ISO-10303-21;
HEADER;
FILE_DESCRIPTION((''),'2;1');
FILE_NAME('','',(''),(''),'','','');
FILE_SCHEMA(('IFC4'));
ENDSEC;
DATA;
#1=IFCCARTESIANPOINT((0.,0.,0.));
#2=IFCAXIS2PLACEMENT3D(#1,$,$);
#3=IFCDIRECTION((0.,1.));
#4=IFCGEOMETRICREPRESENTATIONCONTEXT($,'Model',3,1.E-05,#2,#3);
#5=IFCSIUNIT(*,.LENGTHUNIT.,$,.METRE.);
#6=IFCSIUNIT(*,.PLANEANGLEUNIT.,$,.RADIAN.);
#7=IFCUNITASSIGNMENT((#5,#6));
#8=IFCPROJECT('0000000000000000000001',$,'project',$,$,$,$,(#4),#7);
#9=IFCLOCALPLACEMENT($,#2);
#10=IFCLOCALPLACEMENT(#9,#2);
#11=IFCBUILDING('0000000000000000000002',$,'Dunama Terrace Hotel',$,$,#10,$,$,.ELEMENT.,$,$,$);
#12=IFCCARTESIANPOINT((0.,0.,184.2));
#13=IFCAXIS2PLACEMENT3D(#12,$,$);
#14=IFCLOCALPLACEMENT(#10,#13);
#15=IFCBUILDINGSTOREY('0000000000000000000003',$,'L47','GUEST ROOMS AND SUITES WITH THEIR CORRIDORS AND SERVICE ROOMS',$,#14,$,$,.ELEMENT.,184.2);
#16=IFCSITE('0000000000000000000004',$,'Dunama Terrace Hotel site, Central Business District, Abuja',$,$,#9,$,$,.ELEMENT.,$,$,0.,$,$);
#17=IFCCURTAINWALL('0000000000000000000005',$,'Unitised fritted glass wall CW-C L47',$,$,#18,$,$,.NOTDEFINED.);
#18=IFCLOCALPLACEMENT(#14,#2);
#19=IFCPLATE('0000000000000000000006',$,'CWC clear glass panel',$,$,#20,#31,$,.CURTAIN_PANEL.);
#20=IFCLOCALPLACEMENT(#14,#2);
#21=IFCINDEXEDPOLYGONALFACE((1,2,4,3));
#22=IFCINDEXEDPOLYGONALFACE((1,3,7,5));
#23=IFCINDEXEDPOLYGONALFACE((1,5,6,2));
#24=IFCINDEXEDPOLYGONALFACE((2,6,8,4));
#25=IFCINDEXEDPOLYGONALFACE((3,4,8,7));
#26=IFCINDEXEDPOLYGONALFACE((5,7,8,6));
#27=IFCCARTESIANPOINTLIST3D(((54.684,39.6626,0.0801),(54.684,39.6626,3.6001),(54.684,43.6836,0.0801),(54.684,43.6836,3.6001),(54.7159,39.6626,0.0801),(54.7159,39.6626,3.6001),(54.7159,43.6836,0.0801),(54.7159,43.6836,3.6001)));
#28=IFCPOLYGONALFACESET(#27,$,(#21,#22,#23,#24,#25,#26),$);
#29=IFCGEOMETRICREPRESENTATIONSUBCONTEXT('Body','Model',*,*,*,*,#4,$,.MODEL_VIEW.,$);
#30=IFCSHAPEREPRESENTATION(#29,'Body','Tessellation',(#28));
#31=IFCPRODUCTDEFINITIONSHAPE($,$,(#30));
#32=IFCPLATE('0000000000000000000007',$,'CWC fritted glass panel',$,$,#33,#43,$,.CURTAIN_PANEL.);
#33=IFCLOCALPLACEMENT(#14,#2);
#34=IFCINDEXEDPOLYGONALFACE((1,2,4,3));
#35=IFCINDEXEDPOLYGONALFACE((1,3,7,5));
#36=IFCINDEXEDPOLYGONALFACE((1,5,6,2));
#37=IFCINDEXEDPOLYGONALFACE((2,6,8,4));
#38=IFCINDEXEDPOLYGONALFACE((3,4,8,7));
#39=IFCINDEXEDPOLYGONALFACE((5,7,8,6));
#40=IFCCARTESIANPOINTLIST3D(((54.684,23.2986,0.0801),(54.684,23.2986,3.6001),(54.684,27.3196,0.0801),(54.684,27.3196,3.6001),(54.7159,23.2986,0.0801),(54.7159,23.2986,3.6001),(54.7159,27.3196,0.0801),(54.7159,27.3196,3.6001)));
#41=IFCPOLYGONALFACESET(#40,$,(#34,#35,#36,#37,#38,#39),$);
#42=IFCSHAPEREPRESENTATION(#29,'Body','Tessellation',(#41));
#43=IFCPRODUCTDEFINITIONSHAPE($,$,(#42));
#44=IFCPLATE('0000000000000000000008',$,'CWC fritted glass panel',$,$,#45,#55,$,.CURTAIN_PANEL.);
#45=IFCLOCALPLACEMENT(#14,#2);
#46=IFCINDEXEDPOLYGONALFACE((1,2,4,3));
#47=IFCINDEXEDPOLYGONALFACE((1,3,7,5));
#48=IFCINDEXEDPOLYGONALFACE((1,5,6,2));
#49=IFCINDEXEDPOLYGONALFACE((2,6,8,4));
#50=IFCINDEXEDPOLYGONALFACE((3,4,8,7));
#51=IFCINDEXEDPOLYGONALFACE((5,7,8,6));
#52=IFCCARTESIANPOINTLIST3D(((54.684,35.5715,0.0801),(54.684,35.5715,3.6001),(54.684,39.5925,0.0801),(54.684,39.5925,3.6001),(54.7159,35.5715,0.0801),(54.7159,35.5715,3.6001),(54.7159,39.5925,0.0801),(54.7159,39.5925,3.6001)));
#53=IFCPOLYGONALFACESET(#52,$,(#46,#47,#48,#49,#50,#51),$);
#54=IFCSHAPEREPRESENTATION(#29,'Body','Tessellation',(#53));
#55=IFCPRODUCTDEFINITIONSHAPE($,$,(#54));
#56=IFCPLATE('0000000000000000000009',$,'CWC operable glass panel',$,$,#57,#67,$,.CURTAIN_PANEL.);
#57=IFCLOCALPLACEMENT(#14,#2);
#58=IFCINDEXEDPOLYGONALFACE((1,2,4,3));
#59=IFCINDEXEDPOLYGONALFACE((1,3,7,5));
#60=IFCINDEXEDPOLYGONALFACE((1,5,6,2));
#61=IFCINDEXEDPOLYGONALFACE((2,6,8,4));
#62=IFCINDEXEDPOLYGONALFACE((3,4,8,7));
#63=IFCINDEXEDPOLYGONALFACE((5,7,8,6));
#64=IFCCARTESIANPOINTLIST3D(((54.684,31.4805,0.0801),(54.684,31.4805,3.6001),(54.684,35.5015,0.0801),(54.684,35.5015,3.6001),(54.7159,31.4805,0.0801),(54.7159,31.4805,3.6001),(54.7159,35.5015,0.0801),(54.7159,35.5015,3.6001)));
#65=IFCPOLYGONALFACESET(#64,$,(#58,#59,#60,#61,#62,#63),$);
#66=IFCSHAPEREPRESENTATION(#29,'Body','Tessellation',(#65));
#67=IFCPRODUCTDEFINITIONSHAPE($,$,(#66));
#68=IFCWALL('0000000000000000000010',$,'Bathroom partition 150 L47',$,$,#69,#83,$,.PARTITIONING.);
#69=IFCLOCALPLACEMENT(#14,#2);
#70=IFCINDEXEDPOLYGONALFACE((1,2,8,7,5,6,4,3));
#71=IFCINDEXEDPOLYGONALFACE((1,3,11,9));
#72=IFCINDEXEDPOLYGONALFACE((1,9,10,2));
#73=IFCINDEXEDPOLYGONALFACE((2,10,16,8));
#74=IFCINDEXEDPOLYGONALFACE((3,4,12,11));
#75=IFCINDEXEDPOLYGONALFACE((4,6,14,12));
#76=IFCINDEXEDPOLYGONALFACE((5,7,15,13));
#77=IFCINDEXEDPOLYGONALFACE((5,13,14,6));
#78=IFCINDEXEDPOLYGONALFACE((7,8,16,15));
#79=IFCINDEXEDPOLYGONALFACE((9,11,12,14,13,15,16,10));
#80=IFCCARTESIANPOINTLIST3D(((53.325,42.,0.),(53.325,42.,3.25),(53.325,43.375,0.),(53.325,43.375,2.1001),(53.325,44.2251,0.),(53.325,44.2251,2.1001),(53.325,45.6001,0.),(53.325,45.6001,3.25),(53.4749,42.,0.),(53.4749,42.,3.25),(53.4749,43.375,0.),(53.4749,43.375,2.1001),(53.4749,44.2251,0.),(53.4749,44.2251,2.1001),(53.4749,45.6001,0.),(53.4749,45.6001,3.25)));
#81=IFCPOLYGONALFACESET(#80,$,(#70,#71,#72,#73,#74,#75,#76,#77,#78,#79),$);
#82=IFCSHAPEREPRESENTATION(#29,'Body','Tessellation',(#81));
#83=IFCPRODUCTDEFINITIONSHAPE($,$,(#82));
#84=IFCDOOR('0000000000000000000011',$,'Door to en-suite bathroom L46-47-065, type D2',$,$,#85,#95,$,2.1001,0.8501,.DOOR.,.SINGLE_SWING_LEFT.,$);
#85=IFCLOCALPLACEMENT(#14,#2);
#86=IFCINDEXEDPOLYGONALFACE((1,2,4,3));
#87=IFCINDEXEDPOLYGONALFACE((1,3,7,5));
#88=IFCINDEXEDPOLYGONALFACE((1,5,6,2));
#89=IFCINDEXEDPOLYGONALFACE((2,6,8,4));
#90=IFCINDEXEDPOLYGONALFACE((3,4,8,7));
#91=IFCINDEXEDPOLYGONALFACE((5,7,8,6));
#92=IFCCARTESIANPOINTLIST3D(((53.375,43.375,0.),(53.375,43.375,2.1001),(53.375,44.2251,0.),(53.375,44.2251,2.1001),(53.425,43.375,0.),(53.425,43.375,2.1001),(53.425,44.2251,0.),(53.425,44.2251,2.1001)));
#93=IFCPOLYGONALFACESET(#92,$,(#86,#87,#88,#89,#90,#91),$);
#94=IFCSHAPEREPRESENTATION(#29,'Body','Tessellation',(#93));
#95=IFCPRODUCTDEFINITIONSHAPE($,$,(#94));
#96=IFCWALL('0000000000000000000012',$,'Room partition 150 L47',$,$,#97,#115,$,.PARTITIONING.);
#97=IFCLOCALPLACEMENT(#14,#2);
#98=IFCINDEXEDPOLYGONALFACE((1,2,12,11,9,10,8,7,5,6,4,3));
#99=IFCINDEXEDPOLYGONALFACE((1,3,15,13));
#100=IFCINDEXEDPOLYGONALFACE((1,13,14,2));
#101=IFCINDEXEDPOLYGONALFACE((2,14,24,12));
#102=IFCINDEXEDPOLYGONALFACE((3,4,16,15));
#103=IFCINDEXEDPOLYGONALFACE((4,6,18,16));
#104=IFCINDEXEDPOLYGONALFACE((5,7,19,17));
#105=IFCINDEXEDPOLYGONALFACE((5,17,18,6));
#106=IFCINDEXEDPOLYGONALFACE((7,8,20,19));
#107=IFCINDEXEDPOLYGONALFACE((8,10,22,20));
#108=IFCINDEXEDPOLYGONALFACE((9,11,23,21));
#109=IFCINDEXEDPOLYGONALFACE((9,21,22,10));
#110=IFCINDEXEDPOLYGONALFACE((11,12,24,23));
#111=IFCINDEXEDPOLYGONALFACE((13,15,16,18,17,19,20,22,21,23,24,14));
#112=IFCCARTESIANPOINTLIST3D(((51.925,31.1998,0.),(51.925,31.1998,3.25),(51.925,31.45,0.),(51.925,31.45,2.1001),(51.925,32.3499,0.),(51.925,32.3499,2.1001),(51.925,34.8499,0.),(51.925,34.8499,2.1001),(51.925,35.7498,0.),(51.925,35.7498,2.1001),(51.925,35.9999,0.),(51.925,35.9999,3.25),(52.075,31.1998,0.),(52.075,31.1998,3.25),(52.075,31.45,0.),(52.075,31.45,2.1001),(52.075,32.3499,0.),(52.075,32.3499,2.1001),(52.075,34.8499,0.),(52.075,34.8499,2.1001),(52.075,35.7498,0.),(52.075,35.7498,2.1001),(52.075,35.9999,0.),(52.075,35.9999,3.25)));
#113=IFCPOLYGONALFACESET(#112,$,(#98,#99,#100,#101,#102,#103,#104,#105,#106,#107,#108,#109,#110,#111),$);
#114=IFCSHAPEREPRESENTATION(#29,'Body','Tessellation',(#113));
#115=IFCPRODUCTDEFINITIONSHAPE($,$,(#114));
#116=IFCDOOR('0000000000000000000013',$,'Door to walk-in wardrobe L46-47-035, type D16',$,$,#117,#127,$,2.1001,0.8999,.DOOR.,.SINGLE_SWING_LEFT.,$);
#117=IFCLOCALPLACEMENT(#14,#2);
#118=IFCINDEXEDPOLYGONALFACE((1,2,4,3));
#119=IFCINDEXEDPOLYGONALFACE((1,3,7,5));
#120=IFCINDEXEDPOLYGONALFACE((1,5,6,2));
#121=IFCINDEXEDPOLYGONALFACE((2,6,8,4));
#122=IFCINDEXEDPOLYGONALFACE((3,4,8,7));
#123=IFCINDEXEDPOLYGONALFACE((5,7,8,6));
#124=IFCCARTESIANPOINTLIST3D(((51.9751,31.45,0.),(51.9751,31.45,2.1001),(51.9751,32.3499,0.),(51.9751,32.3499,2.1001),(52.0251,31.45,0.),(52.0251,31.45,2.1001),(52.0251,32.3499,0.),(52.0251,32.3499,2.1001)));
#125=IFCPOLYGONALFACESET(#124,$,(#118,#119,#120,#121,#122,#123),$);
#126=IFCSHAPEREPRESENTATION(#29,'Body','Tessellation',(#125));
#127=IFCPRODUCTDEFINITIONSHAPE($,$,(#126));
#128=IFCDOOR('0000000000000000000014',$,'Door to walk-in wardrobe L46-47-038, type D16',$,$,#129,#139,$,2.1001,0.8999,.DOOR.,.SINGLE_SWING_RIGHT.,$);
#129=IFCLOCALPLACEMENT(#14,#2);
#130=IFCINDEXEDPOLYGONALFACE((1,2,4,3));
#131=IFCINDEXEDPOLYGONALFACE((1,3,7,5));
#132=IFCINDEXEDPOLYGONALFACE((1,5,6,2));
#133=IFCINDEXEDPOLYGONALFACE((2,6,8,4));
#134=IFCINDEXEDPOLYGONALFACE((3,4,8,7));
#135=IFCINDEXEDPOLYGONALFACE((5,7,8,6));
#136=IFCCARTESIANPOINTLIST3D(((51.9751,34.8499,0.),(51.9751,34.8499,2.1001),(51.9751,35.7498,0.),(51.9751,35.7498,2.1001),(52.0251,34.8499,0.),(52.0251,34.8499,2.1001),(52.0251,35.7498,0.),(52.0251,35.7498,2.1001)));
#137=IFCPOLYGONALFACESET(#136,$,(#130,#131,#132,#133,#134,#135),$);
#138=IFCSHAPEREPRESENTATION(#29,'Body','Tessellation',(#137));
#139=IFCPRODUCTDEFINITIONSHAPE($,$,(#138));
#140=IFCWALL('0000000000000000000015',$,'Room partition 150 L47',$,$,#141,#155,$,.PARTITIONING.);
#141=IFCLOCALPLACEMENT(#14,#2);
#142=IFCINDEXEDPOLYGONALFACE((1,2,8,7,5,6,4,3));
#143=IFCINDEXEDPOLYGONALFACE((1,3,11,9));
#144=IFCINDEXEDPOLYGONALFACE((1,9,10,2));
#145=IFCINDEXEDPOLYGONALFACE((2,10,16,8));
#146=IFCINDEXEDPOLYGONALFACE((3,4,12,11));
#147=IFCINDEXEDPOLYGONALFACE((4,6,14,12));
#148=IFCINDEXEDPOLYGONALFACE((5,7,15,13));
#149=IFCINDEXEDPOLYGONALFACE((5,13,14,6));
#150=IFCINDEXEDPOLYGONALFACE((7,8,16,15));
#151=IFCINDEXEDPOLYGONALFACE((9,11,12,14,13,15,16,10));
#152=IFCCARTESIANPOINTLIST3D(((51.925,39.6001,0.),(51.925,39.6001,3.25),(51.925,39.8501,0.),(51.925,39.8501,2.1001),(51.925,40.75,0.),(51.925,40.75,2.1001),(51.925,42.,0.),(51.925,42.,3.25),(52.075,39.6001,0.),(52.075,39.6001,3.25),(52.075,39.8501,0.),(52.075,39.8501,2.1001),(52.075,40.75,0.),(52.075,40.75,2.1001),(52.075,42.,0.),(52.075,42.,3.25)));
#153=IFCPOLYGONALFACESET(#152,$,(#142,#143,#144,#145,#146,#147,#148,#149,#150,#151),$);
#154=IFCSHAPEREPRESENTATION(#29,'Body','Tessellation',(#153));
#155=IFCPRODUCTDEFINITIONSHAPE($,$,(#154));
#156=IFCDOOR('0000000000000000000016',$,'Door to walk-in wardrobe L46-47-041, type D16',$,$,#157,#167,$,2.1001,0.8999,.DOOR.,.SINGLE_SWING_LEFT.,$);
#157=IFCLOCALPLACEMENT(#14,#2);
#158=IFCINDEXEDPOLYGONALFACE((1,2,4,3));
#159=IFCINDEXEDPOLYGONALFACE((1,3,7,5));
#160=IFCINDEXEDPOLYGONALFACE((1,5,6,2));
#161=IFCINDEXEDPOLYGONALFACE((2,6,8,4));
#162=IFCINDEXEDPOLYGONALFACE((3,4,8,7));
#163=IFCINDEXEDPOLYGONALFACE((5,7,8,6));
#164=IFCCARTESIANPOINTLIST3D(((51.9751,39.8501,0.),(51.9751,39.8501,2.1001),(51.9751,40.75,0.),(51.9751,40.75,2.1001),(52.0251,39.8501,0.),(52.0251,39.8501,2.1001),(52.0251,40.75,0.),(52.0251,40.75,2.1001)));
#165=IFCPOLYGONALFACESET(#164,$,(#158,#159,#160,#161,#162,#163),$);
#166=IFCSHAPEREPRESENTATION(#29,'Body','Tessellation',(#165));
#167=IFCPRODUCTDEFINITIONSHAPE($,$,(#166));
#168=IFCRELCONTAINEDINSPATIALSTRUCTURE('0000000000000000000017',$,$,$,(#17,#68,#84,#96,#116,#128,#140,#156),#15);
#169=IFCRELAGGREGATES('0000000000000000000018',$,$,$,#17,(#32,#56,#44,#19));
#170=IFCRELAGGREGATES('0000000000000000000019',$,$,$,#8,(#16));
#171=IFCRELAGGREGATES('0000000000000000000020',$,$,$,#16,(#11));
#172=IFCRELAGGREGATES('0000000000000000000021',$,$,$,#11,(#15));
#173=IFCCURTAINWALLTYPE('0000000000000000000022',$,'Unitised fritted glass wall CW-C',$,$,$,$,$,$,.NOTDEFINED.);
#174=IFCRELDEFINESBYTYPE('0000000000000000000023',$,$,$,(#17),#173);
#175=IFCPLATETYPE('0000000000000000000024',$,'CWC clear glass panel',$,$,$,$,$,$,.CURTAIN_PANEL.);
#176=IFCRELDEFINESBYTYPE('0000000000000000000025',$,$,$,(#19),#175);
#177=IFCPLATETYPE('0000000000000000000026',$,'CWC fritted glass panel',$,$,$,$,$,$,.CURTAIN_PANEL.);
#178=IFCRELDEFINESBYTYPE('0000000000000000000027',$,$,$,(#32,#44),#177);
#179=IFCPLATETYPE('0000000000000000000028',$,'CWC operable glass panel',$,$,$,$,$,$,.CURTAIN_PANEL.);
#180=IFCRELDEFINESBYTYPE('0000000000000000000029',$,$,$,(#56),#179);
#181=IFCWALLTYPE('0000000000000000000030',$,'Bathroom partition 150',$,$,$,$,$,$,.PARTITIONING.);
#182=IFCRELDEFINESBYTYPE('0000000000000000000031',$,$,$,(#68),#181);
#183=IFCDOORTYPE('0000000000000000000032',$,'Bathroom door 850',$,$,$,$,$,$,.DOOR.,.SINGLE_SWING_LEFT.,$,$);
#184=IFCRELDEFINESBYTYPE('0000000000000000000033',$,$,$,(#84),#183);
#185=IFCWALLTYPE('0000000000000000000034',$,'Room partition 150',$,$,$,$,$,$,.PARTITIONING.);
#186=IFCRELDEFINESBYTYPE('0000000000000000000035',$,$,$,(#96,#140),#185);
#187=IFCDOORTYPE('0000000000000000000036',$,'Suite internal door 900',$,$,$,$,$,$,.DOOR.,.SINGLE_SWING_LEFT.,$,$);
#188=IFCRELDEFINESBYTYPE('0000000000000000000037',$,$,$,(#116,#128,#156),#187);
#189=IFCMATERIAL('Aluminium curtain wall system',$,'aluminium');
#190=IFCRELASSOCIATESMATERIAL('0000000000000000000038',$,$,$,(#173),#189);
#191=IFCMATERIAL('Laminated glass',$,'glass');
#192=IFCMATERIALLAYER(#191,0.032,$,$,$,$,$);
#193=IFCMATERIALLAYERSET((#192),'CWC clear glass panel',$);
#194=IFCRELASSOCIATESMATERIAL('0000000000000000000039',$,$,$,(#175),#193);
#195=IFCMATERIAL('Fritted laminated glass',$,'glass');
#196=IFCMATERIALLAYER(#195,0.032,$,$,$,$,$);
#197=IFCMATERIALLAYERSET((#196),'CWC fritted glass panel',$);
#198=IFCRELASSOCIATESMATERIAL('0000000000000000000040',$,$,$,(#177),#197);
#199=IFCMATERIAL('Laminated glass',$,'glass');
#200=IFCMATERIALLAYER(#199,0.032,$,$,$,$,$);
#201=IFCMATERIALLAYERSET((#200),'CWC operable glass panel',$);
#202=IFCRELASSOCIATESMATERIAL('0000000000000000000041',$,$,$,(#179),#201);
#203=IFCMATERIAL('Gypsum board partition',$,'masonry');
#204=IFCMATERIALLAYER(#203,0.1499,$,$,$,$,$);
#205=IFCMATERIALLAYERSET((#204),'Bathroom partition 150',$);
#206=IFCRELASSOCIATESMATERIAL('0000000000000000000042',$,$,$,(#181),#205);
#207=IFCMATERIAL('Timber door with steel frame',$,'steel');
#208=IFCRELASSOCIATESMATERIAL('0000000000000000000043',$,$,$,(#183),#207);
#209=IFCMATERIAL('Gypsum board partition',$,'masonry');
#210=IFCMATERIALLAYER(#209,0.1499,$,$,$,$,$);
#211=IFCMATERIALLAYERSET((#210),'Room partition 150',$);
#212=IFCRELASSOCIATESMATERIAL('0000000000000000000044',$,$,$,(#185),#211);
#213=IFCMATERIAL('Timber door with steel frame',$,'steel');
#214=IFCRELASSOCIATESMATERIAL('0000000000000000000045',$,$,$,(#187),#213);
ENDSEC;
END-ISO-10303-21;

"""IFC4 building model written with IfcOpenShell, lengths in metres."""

from ifc_helpers import new_model, si_unit, direction, frame, frame_2d, origin, origin_2d, place, context, subcontext, project, spatial, rectangle, extrude, material, layer, layer_set, type_object, element, fill, aggregate, save


model = new_model("IFC4")

# Units and contexts
model_context = context("Model", 3, precision=1e-05, world=origin(), true_north=direction((0.0, 1.0)))
body_context = subcontext(model_context, "Body", "Model", "MODEL_VIEW")
ifc_project = project(units=[si_unit("LENGTHUNIT", "METRE"), si_unit("PLANEANGLEUNIT", "RADIAN")], contexts=[model_context])

# Site, building, storey
site_placement = place(None, origin())
site = spatial("IfcSite", under=ifc_project, at=site_placement, Name="Dunama Terrace Hotel site, Central Business District, Abuja", CompositionType="ELEMENT", RefElevation=0.0)
building_placement = place(site_placement, origin())
building = spatial("IfcBuilding", under=site, at=building_placement, Name="Dunama Terrace Hotel", CompositionType="ELEMENT")
storey_placement = place(building_placement, frame((0.0, 0.0, 184.2)))
storey = spatial("IfcBuildingStorey", under=building, at=storey_placement, Name="L47", Description="GUEST ROOMS AND SUITES WITH THEIR CORRIDORS AND SERVICE ROOMS", CompositionType="ELEMENT", Elevation=184.2)

# Curtain wall
ifc_material_1 = material(Name="Aluminium curtain wall system", Category="aluminium")
curtain_wall_type = type_object("IfcCurtainWallType", Name="Unitised fritted glass wall CW-C", PredefinedType="NOTDEFINED", material=ifc_material_1)
curtain_wall_placement = place(storey_placement, origin())
curtain_wall = element("IfcCurtainWall", 1, at=curtain_wall_placement, inside=storey, type_object=curtain_wall_type, Name="Unitised fritted glass wall CW-C L47", PredefinedType="NOTDEFINED")

# Plates
ifc_material_2 = material(Name="Laminated glass", Category="glass")
ifc_layer_1 = layer(ifc_material_2, 0.032)
ifc_layer_set_1 = layer_set([ifc_layer_1], Name="CWC clear glass panel")
plate_type_1 = type_object("IfcPlateType", Name="CWC clear glass panel", PredefinedType="CURTAIN_PANEL", material=ifc_layer_set_1)
plate_1_placement = place(storey_placement, frame((54.7, 41.6731, 0.0801), z_axis=(0.0, 0.0, 1.0), x_axis=(0.0, 1.0, 0.0)))
plate_1 = element("IfcPlate", 2, at=plate_1_placement, type_object=plate_type_1, Name="CWC clear glass panel", PredefinedType="CURTAIN_PANEL", context=body_context, shape_type="SweptSolid", body=[
    extrude(rectangle(XDim=4.021, YDim=0.032, at=origin_2d()), origin(), (0.0, 0.0, 1.0), 3.52),
])
ifc_material_3 = material(Name="Fritted laminated glass", Category="glass")
ifc_layer_2 = layer(ifc_material_3, 0.032)
ifc_layer_set_2 = layer_set([ifc_layer_2], Name="CWC fritted glass panel")
plate_type_2 = type_object("IfcPlateType", Name="CWC fritted glass panel", PredefinedType="CURTAIN_PANEL", material=ifc_layer_set_2)
plate_2_placement = place(storey_placement, frame((54.7, 25.3091, 0.0801), z_axis=(0.0, 0.0, 1.0), x_axis=(0.0, 1.0, 0.0)))
plate_2 = element("IfcPlate", 3, at=plate_2_placement, type_object=plate_type_2, Name="CWC fritted glass panel", PredefinedType="CURTAIN_PANEL", context=body_context, shape_type="SweptSolid", body=[
    extrude(rectangle(XDim=4.021, YDim=0.032, at=origin_2d()), origin(), (0.0, 0.0, 1.0), 3.52),
])
plate_3_placement = place(storey_placement, frame((54.7, 37.582, 0.0801), z_axis=(0.0, 0.0, 1.0), x_axis=(0.0, 1.0, 0.0)))
plate_3 = element("IfcPlate", 4, at=plate_3_placement, type_object=plate_type_2, Name="CWC fritted glass panel", PredefinedType="CURTAIN_PANEL", context=body_context, shape_type="SweptSolid", body=[
    extrude(rectangle(XDim=4.021, YDim=0.032, at=origin_2d()), origin(), (0.0, 0.0, 1.0), 3.52),
])
ifc_material_4 = material(Name="Laminated glass", Category="glass")
ifc_layer_3 = layer(ifc_material_4, 0.032)
ifc_layer_set_3 = layer_set([ifc_layer_3], Name="CWC operable glass panel")
plate_type_3 = type_object("IfcPlateType", Name="CWC operable glass panel", PredefinedType="CURTAIN_PANEL", material=ifc_layer_set_3)
plate_4_placement = place(storey_placement, frame((54.7, 33.491, 0.0801), z_axis=(0.0, 0.0, 1.0), x_axis=(0.0, 1.0, 0.0)))
plate_4 = element("IfcPlate", 5, at=plate_4_placement, type_object=plate_type_3, Name="CWC operable glass panel", PredefinedType="CURTAIN_PANEL", context=body_context, shape_type="SweptSolid", body=[
    extrude(rectangle(XDim=4.021, YDim=0.032, at=origin_2d()), origin(), (0.0, 0.0, 1.0), 3.52),
])
aggregate(curtain_wall, [plate_2, plate_4, plate_3, plate_1])

# Wall, opening, door
ifc_material_5 = material(Name="Gypsum board partition", Category="masonry")
ifc_layer_4 = layer(ifc_material_5, 0.1499)
ifc_layer_set_4 = layer_set([ifc_layer_4], Name="Bathroom partition 150")
wall_type_1 = type_object("IfcWallType", Name="Bathroom partition 150", PredefinedType="PARTITIONING", material=ifc_layer_set_4)
wall_1_placement = place(storey_placement, frame((53.3999, 42.0, 0.0), z_axis=(0.0, 0.0, 1.0), x_axis=(0.0, 1.0, 0.0)))
wall_1 = element("IfcWall", 6, at=wall_1_placement, inside=storey, type_object=wall_type_1, Name="Bathroom partition 150 L47", PredefinedType="PARTITIONING", context=body_context, shape_type="SweptSolid", body=[
    extrude(rectangle(XDim=3.6001, YDim=0.1499, at=frame_2d((1.8, 0.0))), origin(), (0.0, 0.0, 1.0), 3.25),
])
opening_1_placement = place(wall_1_placement, frame((1.375, 0.0, 0.0)))
opening_1 = element("IfcOpeningElement", 7, at=opening_1_placement, cuts=wall_1, PredefinedType="OPENING", context=body_context, shape_type="SweptSolid", body=[
    extrude(rectangle(XDim=0.8501, YDim=2.1001, at=frame_2d((0.425, 1.05))), frame((0.0, 0.085, 0.0), z_axis=(0.0, -1.0, 0.0), x_axis=(1.0, 0.0, 0.0)), (0.0, 0.0, 1.0), 0.1699),
])
ifc_material_6 = material(Name="Timber door with steel frame", Category="steel")
door_type_1 = type_object("IfcDoorType", Name="Bathroom door 850", OperationType="SINGLE_SWING_LEFT", PredefinedType="DOOR", material=ifc_material_6)
door_1_placement = place(opening_1_placement, origin())
door_1 = element("IfcDoor", 8, at=door_1_placement, inside=storey, type_object=door_type_1, Name="Door to en-suite bathroom L46-47-065, type D2", OperationType="SINGLE_SWING_LEFT", OverallHeight=2.1001, OverallWidth=0.8501, PredefinedType="DOOR", context=body_context, shape_type="SweptSolid", body=[
    extrude(rectangle(XDim=0.8501, YDim=2.1001, at=frame_2d((0.425, 1.05))), frame((0.0, 0.0249, 0.0), z_axis=(0.0, -1.0, 0.0), x_axis=(1.0, 0.0, 0.0)), (0.0, 0.0, 1.0), 0.05),
])
fill(opening_1, door_1)

# Wall, openings, doors
ifc_material_7 = material(Name="Gypsum board partition", Category="masonry")
ifc_layer_5 = layer(ifc_material_7, 0.1499)
ifc_layer_set_5 = layer_set([ifc_layer_5], Name="Room partition 150")
wall_type_2 = type_object("IfcWallType", Name="Room partition 150", PredefinedType="PARTITIONING", material=ifc_layer_set_5)
wall_2_placement = place(storey_placement, frame((52.0, 31.2, 0.0), z_axis=(0.0, 0.0, 1.0), x_axis=(0.0, 1.0, 0.0)))
wall_2 = element("IfcWall", 9, at=wall_2_placement, inside=storey, type_object=wall_type_2, Name="Room partition 150 L47", PredefinedType="PARTITIONING", context=body_context, shape_type="SweptSolid", body=[
    extrude(rectangle(XDim=4.8, YDim=0.1499, at=frame_2d((2.3999, 0.0))), origin(), (0.0, 0.0, 1.0), 3.25),
])
opening_2_placement = place(wall_2_placement, frame((0.25, 0.0, 0.0)))
opening_2 = element("IfcOpeningElement", 10, at=opening_2_placement, cuts=wall_2, PredefinedType="OPENING", context=body_context, shape_type="SweptSolid", body=[
    extrude(rectangle(XDim=0.8999, YDim=2.1001, at=frame_2d((0.45, 1.05))), frame((0.0, 0.085, 0.0), z_axis=(0.0, -1.0, 0.0), x_axis=(1.0, 0.0, 0.0)), (0.0, 0.0, 1.0), 0.1699),
])
opening_3_placement = place(wall_2_placement, frame((3.6499, 0.0, 0.0)))
opening_3 = element("IfcOpeningElement", 11, at=opening_3_placement, cuts=wall_2, PredefinedType="OPENING", context=body_context, shape_type="SweptSolid", body=[
    extrude(rectangle(XDim=0.8999, YDim=2.1001, at=frame_2d((0.45, 1.05))), frame((0.0, 0.085, 0.0), z_axis=(0.0, -1.0, 0.0), x_axis=(1.0, 0.0, 0.0)), (0.0, 0.0, 1.0), 0.1699),
])
ifc_material_8 = material(Name="Timber door with steel frame", Category="steel")
door_type_2 = type_object("IfcDoorType", Name="Suite internal door 900", OperationType="SINGLE_SWING_LEFT", PredefinedType="DOOR", material=ifc_material_8)
door_2_placement = place(opening_2_placement, origin())
door_2 = element("IfcDoor", 12, at=door_2_placement, inside=storey, type_object=door_type_2, Name="Door to walk-in wardrobe L46-47-035, type D16", OperationType="SINGLE_SWING_LEFT", OverallHeight=2.1001, OverallWidth=0.8999, PredefinedType="DOOR", context=body_context, shape_type="SweptSolid", body=[
    extrude(rectangle(XDim=0.8999, YDim=2.1001, at=frame_2d((0.45, 1.05))), frame((0.0, 0.0249, 0.0), z_axis=(0.0, -1.0, 0.0), x_axis=(1.0, 0.0, 0.0)), (0.0, 0.0, 1.0), 0.05),
])
fill(opening_2, door_2)
door_3_placement = place(opening_3_placement, origin())
door_3 = element("IfcDoor", 13, at=door_3_placement, inside=storey, type_object=door_type_2, Name="Door to walk-in wardrobe L46-47-038, type D16", OperationType="SINGLE_SWING_RIGHT", OverallHeight=2.1001, OverallWidth=0.8999, PredefinedType="DOOR", context=body_context, shape_type="SweptSolid", body=[
    extrude(rectangle(XDim=0.8999, YDim=2.1001, at=frame_2d((0.45, 1.05))), frame((0.0, 0.0249, 0.0), z_axis=(0.0, -1.0, 0.0), x_axis=(1.0, 0.0, 0.0)), (0.0, 0.0, 1.0), 0.05),
])
fill(opening_3, door_3)

# Wall, opening, door
wall_3_placement = place(storey_placement, frame((52.0, 39.6001, 0.0), z_axis=(0.0, 0.0, 1.0), x_axis=(0.0, 1.0, 0.0)))
wall_3 = element("IfcWall", 14, at=wall_3_placement, inside=storey, type_object=wall_type_2, Name="Room partition 150 L47", PredefinedType="PARTITIONING", context=body_context, shape_type="SweptSolid", body=[
    extrude(rectangle(XDim=2.3999, YDim=0.1499, at=frame_2d((1.2, 0.0))), origin(), (0.0, 0.0, 1.0), 3.25),
])
opening_4_placement = place(wall_3_placement, frame((0.25, 0.0, 0.0)))
opening_4 = element("IfcOpeningElement", 15, at=opening_4_placement, cuts=wall_3, PredefinedType="OPENING", context=body_context, shape_type="SweptSolid", body=[
    extrude(rectangle(XDim=0.8999, YDim=2.1001, at=frame_2d((0.45, 1.05))), frame((0.0, 0.085, 0.0), z_axis=(0.0, -1.0, 0.0), x_axis=(1.0, 0.0, 0.0)), (0.0, 0.0, 1.0), 0.1699),
])
door_4_placement = place(opening_4_placement, origin())
door_4 = element("IfcDoor", 16, at=door_4_placement, inside=storey, type_object=door_type_2, Name="Door to walk-in wardrobe L46-47-041, type D16", OperationType="SINGLE_SWING_LEFT", OverallHeight=2.1001, OverallWidth=0.8999, PredefinedType="DOOR", context=body_context, shape_type="SweptSolid", body=[
    extrude(rectangle(XDim=0.8999, YDim=2.1001, at=frame_2d((0.45, 1.05))), frame((0.0, 0.0249, 0.0), z_axis=(0.0, -1.0, 0.0), x_axis=(1.0, 0.0, 0.0)), (0.0, 0.0, 1.0), 0.05),
])
fill(opening_4, door_4)

save(model, "model.ifc")
